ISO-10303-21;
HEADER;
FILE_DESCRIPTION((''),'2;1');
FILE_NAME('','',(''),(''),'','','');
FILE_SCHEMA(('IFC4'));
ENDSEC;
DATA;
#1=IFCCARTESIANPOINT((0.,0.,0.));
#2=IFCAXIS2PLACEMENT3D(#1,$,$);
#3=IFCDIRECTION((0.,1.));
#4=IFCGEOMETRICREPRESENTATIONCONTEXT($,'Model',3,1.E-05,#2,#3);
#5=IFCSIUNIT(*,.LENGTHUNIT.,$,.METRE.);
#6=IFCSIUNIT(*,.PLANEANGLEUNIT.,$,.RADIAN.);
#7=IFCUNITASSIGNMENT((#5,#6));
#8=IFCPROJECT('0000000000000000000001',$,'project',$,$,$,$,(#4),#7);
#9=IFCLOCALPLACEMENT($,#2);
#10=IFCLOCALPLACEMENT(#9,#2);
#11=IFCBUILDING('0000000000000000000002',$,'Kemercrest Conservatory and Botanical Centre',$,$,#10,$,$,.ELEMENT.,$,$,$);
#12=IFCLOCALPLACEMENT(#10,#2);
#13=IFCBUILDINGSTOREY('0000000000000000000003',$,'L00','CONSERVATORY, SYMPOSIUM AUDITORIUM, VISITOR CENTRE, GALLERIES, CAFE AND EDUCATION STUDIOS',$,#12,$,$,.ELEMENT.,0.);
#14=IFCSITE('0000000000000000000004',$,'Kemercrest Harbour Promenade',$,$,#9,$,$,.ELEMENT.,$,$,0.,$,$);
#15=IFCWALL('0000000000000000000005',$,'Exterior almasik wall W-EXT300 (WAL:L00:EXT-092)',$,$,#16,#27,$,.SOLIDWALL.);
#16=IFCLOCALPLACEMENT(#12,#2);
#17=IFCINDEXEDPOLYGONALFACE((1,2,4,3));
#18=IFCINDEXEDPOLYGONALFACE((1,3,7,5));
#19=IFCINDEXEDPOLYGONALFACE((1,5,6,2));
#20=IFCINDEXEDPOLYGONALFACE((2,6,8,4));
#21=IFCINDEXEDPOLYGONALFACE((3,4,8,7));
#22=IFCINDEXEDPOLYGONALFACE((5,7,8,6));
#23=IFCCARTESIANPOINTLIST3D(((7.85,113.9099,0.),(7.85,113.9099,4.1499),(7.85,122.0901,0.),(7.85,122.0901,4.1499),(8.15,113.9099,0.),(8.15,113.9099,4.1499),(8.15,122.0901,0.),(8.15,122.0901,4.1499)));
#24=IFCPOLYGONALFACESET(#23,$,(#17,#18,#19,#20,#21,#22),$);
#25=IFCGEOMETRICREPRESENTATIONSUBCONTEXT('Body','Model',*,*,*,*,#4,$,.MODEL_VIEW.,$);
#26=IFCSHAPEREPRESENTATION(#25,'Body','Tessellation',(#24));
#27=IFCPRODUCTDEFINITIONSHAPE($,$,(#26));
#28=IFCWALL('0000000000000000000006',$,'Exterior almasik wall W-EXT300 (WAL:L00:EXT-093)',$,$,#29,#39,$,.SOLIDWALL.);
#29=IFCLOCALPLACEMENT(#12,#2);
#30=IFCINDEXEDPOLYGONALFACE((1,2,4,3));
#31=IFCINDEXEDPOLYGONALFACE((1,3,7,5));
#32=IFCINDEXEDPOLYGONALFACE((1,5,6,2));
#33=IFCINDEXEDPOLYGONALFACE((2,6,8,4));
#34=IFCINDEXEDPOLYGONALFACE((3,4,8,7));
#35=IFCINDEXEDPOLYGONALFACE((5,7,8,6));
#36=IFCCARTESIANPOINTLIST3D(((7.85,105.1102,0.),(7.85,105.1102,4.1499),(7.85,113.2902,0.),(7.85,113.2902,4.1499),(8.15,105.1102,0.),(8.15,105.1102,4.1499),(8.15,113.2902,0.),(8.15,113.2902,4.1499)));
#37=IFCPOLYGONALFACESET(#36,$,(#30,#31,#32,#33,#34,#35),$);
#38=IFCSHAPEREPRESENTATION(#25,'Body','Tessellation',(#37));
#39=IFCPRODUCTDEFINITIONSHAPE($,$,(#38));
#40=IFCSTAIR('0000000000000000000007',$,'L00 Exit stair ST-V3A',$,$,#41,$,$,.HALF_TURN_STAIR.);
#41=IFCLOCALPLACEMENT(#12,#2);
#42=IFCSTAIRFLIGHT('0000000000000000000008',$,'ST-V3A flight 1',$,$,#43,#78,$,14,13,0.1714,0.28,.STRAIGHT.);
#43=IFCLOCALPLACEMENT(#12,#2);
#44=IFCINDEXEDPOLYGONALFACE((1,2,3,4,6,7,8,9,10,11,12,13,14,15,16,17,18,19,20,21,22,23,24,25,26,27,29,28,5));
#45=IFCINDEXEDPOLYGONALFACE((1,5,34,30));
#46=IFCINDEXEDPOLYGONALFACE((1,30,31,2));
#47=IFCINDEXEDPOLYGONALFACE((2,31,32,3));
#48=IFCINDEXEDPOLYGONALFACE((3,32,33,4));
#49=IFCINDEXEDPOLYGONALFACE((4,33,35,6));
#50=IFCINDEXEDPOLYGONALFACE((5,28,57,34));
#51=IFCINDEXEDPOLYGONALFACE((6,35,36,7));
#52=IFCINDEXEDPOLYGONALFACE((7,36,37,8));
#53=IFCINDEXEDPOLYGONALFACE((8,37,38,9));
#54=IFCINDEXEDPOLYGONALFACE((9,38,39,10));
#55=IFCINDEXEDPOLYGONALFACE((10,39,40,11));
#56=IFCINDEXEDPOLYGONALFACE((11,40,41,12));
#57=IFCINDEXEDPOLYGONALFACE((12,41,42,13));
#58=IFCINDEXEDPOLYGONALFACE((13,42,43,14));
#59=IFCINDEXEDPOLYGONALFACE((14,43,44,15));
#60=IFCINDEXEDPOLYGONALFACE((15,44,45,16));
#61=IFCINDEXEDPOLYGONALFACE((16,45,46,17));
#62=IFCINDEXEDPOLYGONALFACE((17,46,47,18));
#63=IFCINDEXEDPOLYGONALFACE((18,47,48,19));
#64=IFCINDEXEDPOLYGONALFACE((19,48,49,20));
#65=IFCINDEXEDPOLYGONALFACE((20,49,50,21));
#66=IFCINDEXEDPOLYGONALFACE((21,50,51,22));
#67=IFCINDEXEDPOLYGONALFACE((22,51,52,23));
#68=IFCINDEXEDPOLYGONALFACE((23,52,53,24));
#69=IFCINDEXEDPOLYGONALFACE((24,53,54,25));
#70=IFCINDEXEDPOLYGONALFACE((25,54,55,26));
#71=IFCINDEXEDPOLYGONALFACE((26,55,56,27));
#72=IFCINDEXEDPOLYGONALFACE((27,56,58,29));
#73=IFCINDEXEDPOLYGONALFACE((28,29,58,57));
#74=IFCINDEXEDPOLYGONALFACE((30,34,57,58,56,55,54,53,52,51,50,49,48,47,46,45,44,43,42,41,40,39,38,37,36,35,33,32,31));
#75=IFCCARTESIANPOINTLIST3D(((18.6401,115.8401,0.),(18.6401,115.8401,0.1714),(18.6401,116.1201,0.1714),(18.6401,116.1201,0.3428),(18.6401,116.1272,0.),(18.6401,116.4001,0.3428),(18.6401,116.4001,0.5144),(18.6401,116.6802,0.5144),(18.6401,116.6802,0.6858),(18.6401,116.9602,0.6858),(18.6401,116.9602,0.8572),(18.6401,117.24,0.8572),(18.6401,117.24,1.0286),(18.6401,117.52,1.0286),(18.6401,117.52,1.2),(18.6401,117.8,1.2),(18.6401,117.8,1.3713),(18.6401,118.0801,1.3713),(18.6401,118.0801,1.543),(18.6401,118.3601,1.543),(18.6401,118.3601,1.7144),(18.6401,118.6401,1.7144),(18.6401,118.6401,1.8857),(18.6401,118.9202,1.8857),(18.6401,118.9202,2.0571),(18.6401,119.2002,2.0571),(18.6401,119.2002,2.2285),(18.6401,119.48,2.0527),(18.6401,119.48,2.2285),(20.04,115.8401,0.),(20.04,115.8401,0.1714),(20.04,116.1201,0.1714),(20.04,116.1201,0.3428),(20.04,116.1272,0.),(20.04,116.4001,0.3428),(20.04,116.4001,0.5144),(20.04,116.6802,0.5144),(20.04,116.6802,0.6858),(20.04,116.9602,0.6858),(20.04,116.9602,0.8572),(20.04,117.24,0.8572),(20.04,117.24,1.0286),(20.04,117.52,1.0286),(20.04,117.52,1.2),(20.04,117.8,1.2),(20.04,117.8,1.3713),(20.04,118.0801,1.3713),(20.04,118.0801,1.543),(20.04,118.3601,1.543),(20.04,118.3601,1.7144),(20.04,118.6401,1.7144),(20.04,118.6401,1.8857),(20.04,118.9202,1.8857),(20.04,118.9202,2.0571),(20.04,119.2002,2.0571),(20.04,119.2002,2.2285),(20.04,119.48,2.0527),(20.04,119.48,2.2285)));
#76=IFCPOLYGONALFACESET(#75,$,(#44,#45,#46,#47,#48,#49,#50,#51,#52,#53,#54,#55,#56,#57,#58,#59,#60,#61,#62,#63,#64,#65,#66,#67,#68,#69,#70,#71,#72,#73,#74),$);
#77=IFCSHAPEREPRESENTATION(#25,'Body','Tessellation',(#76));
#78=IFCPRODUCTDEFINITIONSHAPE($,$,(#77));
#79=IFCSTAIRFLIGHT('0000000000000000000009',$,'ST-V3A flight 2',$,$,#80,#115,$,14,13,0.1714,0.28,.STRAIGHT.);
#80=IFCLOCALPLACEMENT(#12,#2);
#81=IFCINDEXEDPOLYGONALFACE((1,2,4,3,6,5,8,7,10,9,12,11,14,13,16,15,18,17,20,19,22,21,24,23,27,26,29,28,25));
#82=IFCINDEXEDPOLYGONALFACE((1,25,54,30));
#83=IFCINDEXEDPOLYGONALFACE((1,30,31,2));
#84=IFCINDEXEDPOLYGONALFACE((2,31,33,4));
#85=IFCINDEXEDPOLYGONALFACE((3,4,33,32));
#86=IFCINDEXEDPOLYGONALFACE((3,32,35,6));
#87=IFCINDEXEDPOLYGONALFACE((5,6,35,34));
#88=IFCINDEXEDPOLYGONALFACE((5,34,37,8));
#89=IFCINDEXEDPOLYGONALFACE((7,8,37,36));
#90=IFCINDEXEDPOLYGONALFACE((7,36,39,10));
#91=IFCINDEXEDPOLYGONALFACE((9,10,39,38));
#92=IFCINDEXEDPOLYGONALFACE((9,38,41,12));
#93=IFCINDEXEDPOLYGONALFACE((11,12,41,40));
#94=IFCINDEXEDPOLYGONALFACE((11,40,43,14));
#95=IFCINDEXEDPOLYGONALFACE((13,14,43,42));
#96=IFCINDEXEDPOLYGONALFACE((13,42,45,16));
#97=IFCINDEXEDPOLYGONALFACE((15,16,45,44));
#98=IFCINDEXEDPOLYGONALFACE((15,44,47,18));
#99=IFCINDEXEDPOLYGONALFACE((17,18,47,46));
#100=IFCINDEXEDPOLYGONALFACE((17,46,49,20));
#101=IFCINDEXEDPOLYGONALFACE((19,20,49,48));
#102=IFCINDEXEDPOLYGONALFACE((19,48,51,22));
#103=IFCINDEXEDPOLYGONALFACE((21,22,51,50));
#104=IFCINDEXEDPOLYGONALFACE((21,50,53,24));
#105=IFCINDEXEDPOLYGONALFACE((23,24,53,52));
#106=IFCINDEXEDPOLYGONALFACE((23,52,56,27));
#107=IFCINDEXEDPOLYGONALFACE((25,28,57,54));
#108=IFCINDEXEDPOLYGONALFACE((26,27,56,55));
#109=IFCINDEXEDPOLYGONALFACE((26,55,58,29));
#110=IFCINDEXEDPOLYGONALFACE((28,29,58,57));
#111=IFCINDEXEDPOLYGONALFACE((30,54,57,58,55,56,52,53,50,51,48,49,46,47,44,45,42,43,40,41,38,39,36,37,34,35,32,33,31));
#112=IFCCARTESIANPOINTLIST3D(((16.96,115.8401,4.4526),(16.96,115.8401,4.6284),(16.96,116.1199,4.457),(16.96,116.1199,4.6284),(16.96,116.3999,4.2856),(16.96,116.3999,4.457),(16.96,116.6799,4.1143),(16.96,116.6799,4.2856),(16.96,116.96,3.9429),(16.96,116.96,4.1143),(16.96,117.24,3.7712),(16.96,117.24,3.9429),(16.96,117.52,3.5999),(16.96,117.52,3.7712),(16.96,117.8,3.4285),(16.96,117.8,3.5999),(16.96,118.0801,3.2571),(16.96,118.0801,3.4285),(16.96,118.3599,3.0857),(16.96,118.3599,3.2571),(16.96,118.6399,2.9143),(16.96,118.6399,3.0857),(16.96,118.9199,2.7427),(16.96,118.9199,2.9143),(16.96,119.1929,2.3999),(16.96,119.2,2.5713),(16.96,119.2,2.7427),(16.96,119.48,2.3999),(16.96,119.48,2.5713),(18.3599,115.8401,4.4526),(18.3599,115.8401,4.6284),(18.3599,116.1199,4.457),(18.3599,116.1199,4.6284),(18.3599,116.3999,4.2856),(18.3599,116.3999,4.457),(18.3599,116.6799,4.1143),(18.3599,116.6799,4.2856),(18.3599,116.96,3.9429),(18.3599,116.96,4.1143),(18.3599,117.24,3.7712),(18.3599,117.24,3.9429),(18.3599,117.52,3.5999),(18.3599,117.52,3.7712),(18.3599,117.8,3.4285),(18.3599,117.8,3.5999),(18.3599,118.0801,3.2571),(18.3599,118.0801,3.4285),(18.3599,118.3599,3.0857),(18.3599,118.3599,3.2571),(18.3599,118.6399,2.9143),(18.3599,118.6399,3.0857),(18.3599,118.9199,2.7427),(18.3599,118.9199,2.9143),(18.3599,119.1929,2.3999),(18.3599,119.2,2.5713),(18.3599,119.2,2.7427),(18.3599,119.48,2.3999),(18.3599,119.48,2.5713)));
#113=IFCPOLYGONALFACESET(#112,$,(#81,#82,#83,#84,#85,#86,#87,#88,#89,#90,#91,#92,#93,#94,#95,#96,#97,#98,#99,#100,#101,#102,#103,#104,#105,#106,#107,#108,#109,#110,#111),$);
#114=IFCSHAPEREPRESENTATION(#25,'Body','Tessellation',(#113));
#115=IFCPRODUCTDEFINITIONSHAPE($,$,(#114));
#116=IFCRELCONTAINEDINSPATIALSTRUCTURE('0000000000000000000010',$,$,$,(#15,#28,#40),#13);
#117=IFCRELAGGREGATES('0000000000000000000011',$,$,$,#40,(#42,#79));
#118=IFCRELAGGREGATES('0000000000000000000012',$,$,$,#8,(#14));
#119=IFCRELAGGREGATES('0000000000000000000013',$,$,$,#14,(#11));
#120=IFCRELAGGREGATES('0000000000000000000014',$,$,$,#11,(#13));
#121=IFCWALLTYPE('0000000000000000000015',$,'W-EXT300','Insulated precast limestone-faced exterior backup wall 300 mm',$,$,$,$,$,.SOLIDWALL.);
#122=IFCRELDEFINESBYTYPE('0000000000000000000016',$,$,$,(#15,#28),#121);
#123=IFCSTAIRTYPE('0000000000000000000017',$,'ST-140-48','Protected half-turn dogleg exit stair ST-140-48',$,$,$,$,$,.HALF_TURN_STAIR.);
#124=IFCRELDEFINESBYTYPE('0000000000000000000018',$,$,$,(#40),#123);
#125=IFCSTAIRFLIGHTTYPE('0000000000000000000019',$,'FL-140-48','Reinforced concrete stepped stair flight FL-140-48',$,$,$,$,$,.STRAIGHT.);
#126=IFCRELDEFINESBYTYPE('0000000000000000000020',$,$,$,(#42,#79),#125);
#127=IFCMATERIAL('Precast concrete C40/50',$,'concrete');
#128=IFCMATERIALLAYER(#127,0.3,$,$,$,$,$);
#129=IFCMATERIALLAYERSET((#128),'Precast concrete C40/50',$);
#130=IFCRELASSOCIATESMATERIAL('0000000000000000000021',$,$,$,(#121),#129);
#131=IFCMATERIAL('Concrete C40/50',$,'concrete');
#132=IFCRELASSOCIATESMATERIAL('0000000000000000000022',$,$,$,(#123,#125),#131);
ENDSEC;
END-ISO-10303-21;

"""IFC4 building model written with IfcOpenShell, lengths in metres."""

from ifc_helpers import new_model, si_unit, direction, frame, frame_2d, origin, place, context, subcontext, project, spatial, polyline, rectangle, outline, extrude, material, layer, layer_set, type_object, element, aggregate, save


model = new_model("IFC4")

# Units and contexts
model_context = context("Model", 3, precision=1e-05, world=origin(), true_north=direction((0.0, 1.0)))
body_context = subcontext(model_context, "Body", "Model", "MODEL_VIEW")
ifc_project = project(units=[si_unit("LENGTHUNIT", "METRE"), si_unit("PLANEANGLEUNIT", "RADIAN")], contexts=[model_context])

# Site, building, storey
site_placement = place(None, origin())
site = spatial("IfcSite", under=ifc_project, at=site_placement, Name="Kemercrest Harbour Promenade", CompositionType="ELEMENT", RefElevation=0.0)
building_placement = place(site_placement, origin())
building = spatial("IfcBuilding", under=site, at=building_placement, Name="Kemercrest Conservatory and Botanical Centre", CompositionType="ELEMENT")
storey_placement = place(building_placement, origin())
storey = spatial("IfcBuildingStorey", under=building, at=storey_placement, Name="L00", Description="CONSERVATORY, SYMPOSIUM AUDITORIUM, VISITOR CENTRE, GALLERIES, CAFE AND EDUCATION STUDIOS", CompositionType="ELEMENT", Elevation=0.0)

# Shared definitions
ifc_material_1 = material(Name="Concrete C40/50", Category="concrete")

# Shared definitions
ifc_material_2 = material(Name="Precast concrete C40/50", Category="concrete")
ifc_layer_1 = layer(ifc_material_2, 0.3)
ifc_layer_set_1 = layer_set([ifc_layer_1], Name="Precast concrete C40/50")
wall_type_1 = type_object("IfcWallType", Name="W-EXT300", Description="Insulated precast limestone-faced exterior backup wall 300 mm", PredefinedType="SOLIDWALL", material=ifc_layer_set_1)

# Walls
wall_1_placement = place(storey_placement, frame((8.0, 122.0901, 0.0), z_axis=(0.0, 0.0, 1.0), x_axis=(0.0, -1.0, 0.0)))
element("IfcWall", 1, at=wall_1_placement, inside=storey, type_object=wall_type_1, Name="Exterior almasik wall W-EXT300 (WAL:L00:EXT-092)", PredefinedType="SOLIDWALL", context=body_context, shape_type="SweptSolid", body=[
    extrude(rectangle(XDim=8.1802, YDim=0.3, at=frame_2d((4.0901, 0.0))), origin(), (0.0, 0.0, 1.0), 4.1499),
])
wall_2_placement = place(storey_placement, frame((8.0, 113.29, 0.0), z_axis=(0.0, 0.0, 1.0), x_axis=(0.0, -1.0, 0.0)))
element("IfcWall", 2, at=wall_2_placement, inside=storey, type_object=wall_type_1, Name="Exterior almasik wall W-EXT300 (WAL:L00:EXT-093)", PredefinedType="SOLIDWALL", context=body_context, shape_type="SweptSolid", body=[
    extrude(rectangle(XDim=8.1799, YDim=0.3, at=frame_2d((4.0898, 0.0))), origin(), (0.0, 0.0, 1.0), 4.1499),
])

# Stair, stair flights
stair_type = type_object("IfcStairType", Name="ST-140-48", Description="Protected half-turn dogleg exit stair ST-140-48", PredefinedType="HALF_TURN_STAIR", material=ifc_material_1)
stair_placement = place(storey_placement, origin())
stair = element("IfcStair", 3, at=stair_placement, inside=storey, type_object=stair_type, Name="L00 Exit stair ST-V3A", PredefinedType="HALF_TURN_STAIR")
stair_flight_type = type_object("IfcStairFlightType", Name="FL-140-48", Description="Reinforced concrete stepped stair flight FL-140-48", PredefinedType="STRAIGHT", material=ifc_material_1)
stair_flight_1_placement = place(storey_placement, frame((19.3401, 115.8401, 0.0), z_axis=(0.0, 0.0, 1.0), x_axis=(0.0, 1.0, 0.0)))
stair_flight_1 = element("IfcStairFlight", 4, at=stair_flight_1_placement, type_object=stair_flight_type, Name="ST-V3A flight 1", NumberOfRisers=14, NumberOfTreads=13, PredefinedType="STRAIGHT", RiserHeight=0.1714, TreadLength=0.28, context=body_context, shape_type="SweptSolid", body=[
    extrude(outline(polyline([(0.0, 0.0), (0.0, 0.1714), (0.28, 0.1714), (0.28, 0.3428), (0.5601, 0.3428), (0.5601, 0.5144), (0.8401, 0.5144), (0.8401, 0.6858), (1.1201, 0.6858), (1.1201, 0.8572), (1.3999, 0.8572), (1.3999, 1.0286), (1.6799, 1.0286), (1.6799, 1.2), (1.96, 1.2), (1.96, 1.3713), (2.24, 1.3713), (2.24, 1.543), (2.52, 1.543), (2.52, 1.7144), (2.8, 1.7144), (2.8, 1.8857), (3.0801, 1.8857), (3.0801, 2.0571), (3.3601, 2.0571), (3.3601, 2.2285), (3.6399, 2.2285), (3.6399, 2.3999), (3.6399, 2.0527), (0.2871, 0.0), (0.0, 0.0)])), frame((0.0, 0.7, 0.0), z_axis=(0.0, -1.0, 0.0), x_axis=(1.0, 0.0, 0.0)), (0.0, 0.0, 1.0), 1.3999),
])
stair_flight_2_placement = place(storey_placement, frame((17.6599, 119.48, 2.3999), z_axis=(0.0, 0.0, 1.0), x_axis=(0.0, -1.0, 0.0)))
stair_flight_2 = element("IfcStairFlight", 5, at=stair_flight_2_placement, type_object=stair_flight_type, Name="ST-V3A flight 2", NumberOfRisers=14, NumberOfTreads=13, PredefinedType="STRAIGHT", RiserHeight=0.1714, TreadLength=0.28, context=body_context, shape_type="SweptSolid", body=[
    extrude(outline(polyline([(0.0, 0.0), (0.0, 0.1714), (0.28, 0.1714), (0.28, 0.3428), (0.5601, 0.3428), (0.5601, 0.5144), (0.8401, 0.5144), (0.8401, 0.6858), (1.1201, 0.6858), (1.1201, 0.8572), (1.3999, 0.8572), (1.3999, 1.0286), (1.6799, 1.0286), (1.6799, 1.2), (1.96, 1.2), (1.96, 1.3713), (2.24, 1.3713), (2.24, 1.543), (2.52, 1.543), (2.52, 1.7144), (2.8, 1.7144), (2.8, 1.8857), (3.0801, 1.8857), (3.0801, 2.0571), (3.3601, 2.0571), (3.3601, 2.2285), (3.6399, 2.2285), (3.6399, 2.3999), (3.6399, 2.0527), (0.2871, 0.0), (0.0, 0.0)])), frame((0.0, 0.7, 0.0), z_axis=(0.0, -1.0, 0.0), x_axis=(1.0, 0.0, 0.0)), (0.0, 0.0, 1.0), 1.3999),
])
aggregate(stair, [stair_flight_1, stair_flight_2])

save(model, "model.ifc")
